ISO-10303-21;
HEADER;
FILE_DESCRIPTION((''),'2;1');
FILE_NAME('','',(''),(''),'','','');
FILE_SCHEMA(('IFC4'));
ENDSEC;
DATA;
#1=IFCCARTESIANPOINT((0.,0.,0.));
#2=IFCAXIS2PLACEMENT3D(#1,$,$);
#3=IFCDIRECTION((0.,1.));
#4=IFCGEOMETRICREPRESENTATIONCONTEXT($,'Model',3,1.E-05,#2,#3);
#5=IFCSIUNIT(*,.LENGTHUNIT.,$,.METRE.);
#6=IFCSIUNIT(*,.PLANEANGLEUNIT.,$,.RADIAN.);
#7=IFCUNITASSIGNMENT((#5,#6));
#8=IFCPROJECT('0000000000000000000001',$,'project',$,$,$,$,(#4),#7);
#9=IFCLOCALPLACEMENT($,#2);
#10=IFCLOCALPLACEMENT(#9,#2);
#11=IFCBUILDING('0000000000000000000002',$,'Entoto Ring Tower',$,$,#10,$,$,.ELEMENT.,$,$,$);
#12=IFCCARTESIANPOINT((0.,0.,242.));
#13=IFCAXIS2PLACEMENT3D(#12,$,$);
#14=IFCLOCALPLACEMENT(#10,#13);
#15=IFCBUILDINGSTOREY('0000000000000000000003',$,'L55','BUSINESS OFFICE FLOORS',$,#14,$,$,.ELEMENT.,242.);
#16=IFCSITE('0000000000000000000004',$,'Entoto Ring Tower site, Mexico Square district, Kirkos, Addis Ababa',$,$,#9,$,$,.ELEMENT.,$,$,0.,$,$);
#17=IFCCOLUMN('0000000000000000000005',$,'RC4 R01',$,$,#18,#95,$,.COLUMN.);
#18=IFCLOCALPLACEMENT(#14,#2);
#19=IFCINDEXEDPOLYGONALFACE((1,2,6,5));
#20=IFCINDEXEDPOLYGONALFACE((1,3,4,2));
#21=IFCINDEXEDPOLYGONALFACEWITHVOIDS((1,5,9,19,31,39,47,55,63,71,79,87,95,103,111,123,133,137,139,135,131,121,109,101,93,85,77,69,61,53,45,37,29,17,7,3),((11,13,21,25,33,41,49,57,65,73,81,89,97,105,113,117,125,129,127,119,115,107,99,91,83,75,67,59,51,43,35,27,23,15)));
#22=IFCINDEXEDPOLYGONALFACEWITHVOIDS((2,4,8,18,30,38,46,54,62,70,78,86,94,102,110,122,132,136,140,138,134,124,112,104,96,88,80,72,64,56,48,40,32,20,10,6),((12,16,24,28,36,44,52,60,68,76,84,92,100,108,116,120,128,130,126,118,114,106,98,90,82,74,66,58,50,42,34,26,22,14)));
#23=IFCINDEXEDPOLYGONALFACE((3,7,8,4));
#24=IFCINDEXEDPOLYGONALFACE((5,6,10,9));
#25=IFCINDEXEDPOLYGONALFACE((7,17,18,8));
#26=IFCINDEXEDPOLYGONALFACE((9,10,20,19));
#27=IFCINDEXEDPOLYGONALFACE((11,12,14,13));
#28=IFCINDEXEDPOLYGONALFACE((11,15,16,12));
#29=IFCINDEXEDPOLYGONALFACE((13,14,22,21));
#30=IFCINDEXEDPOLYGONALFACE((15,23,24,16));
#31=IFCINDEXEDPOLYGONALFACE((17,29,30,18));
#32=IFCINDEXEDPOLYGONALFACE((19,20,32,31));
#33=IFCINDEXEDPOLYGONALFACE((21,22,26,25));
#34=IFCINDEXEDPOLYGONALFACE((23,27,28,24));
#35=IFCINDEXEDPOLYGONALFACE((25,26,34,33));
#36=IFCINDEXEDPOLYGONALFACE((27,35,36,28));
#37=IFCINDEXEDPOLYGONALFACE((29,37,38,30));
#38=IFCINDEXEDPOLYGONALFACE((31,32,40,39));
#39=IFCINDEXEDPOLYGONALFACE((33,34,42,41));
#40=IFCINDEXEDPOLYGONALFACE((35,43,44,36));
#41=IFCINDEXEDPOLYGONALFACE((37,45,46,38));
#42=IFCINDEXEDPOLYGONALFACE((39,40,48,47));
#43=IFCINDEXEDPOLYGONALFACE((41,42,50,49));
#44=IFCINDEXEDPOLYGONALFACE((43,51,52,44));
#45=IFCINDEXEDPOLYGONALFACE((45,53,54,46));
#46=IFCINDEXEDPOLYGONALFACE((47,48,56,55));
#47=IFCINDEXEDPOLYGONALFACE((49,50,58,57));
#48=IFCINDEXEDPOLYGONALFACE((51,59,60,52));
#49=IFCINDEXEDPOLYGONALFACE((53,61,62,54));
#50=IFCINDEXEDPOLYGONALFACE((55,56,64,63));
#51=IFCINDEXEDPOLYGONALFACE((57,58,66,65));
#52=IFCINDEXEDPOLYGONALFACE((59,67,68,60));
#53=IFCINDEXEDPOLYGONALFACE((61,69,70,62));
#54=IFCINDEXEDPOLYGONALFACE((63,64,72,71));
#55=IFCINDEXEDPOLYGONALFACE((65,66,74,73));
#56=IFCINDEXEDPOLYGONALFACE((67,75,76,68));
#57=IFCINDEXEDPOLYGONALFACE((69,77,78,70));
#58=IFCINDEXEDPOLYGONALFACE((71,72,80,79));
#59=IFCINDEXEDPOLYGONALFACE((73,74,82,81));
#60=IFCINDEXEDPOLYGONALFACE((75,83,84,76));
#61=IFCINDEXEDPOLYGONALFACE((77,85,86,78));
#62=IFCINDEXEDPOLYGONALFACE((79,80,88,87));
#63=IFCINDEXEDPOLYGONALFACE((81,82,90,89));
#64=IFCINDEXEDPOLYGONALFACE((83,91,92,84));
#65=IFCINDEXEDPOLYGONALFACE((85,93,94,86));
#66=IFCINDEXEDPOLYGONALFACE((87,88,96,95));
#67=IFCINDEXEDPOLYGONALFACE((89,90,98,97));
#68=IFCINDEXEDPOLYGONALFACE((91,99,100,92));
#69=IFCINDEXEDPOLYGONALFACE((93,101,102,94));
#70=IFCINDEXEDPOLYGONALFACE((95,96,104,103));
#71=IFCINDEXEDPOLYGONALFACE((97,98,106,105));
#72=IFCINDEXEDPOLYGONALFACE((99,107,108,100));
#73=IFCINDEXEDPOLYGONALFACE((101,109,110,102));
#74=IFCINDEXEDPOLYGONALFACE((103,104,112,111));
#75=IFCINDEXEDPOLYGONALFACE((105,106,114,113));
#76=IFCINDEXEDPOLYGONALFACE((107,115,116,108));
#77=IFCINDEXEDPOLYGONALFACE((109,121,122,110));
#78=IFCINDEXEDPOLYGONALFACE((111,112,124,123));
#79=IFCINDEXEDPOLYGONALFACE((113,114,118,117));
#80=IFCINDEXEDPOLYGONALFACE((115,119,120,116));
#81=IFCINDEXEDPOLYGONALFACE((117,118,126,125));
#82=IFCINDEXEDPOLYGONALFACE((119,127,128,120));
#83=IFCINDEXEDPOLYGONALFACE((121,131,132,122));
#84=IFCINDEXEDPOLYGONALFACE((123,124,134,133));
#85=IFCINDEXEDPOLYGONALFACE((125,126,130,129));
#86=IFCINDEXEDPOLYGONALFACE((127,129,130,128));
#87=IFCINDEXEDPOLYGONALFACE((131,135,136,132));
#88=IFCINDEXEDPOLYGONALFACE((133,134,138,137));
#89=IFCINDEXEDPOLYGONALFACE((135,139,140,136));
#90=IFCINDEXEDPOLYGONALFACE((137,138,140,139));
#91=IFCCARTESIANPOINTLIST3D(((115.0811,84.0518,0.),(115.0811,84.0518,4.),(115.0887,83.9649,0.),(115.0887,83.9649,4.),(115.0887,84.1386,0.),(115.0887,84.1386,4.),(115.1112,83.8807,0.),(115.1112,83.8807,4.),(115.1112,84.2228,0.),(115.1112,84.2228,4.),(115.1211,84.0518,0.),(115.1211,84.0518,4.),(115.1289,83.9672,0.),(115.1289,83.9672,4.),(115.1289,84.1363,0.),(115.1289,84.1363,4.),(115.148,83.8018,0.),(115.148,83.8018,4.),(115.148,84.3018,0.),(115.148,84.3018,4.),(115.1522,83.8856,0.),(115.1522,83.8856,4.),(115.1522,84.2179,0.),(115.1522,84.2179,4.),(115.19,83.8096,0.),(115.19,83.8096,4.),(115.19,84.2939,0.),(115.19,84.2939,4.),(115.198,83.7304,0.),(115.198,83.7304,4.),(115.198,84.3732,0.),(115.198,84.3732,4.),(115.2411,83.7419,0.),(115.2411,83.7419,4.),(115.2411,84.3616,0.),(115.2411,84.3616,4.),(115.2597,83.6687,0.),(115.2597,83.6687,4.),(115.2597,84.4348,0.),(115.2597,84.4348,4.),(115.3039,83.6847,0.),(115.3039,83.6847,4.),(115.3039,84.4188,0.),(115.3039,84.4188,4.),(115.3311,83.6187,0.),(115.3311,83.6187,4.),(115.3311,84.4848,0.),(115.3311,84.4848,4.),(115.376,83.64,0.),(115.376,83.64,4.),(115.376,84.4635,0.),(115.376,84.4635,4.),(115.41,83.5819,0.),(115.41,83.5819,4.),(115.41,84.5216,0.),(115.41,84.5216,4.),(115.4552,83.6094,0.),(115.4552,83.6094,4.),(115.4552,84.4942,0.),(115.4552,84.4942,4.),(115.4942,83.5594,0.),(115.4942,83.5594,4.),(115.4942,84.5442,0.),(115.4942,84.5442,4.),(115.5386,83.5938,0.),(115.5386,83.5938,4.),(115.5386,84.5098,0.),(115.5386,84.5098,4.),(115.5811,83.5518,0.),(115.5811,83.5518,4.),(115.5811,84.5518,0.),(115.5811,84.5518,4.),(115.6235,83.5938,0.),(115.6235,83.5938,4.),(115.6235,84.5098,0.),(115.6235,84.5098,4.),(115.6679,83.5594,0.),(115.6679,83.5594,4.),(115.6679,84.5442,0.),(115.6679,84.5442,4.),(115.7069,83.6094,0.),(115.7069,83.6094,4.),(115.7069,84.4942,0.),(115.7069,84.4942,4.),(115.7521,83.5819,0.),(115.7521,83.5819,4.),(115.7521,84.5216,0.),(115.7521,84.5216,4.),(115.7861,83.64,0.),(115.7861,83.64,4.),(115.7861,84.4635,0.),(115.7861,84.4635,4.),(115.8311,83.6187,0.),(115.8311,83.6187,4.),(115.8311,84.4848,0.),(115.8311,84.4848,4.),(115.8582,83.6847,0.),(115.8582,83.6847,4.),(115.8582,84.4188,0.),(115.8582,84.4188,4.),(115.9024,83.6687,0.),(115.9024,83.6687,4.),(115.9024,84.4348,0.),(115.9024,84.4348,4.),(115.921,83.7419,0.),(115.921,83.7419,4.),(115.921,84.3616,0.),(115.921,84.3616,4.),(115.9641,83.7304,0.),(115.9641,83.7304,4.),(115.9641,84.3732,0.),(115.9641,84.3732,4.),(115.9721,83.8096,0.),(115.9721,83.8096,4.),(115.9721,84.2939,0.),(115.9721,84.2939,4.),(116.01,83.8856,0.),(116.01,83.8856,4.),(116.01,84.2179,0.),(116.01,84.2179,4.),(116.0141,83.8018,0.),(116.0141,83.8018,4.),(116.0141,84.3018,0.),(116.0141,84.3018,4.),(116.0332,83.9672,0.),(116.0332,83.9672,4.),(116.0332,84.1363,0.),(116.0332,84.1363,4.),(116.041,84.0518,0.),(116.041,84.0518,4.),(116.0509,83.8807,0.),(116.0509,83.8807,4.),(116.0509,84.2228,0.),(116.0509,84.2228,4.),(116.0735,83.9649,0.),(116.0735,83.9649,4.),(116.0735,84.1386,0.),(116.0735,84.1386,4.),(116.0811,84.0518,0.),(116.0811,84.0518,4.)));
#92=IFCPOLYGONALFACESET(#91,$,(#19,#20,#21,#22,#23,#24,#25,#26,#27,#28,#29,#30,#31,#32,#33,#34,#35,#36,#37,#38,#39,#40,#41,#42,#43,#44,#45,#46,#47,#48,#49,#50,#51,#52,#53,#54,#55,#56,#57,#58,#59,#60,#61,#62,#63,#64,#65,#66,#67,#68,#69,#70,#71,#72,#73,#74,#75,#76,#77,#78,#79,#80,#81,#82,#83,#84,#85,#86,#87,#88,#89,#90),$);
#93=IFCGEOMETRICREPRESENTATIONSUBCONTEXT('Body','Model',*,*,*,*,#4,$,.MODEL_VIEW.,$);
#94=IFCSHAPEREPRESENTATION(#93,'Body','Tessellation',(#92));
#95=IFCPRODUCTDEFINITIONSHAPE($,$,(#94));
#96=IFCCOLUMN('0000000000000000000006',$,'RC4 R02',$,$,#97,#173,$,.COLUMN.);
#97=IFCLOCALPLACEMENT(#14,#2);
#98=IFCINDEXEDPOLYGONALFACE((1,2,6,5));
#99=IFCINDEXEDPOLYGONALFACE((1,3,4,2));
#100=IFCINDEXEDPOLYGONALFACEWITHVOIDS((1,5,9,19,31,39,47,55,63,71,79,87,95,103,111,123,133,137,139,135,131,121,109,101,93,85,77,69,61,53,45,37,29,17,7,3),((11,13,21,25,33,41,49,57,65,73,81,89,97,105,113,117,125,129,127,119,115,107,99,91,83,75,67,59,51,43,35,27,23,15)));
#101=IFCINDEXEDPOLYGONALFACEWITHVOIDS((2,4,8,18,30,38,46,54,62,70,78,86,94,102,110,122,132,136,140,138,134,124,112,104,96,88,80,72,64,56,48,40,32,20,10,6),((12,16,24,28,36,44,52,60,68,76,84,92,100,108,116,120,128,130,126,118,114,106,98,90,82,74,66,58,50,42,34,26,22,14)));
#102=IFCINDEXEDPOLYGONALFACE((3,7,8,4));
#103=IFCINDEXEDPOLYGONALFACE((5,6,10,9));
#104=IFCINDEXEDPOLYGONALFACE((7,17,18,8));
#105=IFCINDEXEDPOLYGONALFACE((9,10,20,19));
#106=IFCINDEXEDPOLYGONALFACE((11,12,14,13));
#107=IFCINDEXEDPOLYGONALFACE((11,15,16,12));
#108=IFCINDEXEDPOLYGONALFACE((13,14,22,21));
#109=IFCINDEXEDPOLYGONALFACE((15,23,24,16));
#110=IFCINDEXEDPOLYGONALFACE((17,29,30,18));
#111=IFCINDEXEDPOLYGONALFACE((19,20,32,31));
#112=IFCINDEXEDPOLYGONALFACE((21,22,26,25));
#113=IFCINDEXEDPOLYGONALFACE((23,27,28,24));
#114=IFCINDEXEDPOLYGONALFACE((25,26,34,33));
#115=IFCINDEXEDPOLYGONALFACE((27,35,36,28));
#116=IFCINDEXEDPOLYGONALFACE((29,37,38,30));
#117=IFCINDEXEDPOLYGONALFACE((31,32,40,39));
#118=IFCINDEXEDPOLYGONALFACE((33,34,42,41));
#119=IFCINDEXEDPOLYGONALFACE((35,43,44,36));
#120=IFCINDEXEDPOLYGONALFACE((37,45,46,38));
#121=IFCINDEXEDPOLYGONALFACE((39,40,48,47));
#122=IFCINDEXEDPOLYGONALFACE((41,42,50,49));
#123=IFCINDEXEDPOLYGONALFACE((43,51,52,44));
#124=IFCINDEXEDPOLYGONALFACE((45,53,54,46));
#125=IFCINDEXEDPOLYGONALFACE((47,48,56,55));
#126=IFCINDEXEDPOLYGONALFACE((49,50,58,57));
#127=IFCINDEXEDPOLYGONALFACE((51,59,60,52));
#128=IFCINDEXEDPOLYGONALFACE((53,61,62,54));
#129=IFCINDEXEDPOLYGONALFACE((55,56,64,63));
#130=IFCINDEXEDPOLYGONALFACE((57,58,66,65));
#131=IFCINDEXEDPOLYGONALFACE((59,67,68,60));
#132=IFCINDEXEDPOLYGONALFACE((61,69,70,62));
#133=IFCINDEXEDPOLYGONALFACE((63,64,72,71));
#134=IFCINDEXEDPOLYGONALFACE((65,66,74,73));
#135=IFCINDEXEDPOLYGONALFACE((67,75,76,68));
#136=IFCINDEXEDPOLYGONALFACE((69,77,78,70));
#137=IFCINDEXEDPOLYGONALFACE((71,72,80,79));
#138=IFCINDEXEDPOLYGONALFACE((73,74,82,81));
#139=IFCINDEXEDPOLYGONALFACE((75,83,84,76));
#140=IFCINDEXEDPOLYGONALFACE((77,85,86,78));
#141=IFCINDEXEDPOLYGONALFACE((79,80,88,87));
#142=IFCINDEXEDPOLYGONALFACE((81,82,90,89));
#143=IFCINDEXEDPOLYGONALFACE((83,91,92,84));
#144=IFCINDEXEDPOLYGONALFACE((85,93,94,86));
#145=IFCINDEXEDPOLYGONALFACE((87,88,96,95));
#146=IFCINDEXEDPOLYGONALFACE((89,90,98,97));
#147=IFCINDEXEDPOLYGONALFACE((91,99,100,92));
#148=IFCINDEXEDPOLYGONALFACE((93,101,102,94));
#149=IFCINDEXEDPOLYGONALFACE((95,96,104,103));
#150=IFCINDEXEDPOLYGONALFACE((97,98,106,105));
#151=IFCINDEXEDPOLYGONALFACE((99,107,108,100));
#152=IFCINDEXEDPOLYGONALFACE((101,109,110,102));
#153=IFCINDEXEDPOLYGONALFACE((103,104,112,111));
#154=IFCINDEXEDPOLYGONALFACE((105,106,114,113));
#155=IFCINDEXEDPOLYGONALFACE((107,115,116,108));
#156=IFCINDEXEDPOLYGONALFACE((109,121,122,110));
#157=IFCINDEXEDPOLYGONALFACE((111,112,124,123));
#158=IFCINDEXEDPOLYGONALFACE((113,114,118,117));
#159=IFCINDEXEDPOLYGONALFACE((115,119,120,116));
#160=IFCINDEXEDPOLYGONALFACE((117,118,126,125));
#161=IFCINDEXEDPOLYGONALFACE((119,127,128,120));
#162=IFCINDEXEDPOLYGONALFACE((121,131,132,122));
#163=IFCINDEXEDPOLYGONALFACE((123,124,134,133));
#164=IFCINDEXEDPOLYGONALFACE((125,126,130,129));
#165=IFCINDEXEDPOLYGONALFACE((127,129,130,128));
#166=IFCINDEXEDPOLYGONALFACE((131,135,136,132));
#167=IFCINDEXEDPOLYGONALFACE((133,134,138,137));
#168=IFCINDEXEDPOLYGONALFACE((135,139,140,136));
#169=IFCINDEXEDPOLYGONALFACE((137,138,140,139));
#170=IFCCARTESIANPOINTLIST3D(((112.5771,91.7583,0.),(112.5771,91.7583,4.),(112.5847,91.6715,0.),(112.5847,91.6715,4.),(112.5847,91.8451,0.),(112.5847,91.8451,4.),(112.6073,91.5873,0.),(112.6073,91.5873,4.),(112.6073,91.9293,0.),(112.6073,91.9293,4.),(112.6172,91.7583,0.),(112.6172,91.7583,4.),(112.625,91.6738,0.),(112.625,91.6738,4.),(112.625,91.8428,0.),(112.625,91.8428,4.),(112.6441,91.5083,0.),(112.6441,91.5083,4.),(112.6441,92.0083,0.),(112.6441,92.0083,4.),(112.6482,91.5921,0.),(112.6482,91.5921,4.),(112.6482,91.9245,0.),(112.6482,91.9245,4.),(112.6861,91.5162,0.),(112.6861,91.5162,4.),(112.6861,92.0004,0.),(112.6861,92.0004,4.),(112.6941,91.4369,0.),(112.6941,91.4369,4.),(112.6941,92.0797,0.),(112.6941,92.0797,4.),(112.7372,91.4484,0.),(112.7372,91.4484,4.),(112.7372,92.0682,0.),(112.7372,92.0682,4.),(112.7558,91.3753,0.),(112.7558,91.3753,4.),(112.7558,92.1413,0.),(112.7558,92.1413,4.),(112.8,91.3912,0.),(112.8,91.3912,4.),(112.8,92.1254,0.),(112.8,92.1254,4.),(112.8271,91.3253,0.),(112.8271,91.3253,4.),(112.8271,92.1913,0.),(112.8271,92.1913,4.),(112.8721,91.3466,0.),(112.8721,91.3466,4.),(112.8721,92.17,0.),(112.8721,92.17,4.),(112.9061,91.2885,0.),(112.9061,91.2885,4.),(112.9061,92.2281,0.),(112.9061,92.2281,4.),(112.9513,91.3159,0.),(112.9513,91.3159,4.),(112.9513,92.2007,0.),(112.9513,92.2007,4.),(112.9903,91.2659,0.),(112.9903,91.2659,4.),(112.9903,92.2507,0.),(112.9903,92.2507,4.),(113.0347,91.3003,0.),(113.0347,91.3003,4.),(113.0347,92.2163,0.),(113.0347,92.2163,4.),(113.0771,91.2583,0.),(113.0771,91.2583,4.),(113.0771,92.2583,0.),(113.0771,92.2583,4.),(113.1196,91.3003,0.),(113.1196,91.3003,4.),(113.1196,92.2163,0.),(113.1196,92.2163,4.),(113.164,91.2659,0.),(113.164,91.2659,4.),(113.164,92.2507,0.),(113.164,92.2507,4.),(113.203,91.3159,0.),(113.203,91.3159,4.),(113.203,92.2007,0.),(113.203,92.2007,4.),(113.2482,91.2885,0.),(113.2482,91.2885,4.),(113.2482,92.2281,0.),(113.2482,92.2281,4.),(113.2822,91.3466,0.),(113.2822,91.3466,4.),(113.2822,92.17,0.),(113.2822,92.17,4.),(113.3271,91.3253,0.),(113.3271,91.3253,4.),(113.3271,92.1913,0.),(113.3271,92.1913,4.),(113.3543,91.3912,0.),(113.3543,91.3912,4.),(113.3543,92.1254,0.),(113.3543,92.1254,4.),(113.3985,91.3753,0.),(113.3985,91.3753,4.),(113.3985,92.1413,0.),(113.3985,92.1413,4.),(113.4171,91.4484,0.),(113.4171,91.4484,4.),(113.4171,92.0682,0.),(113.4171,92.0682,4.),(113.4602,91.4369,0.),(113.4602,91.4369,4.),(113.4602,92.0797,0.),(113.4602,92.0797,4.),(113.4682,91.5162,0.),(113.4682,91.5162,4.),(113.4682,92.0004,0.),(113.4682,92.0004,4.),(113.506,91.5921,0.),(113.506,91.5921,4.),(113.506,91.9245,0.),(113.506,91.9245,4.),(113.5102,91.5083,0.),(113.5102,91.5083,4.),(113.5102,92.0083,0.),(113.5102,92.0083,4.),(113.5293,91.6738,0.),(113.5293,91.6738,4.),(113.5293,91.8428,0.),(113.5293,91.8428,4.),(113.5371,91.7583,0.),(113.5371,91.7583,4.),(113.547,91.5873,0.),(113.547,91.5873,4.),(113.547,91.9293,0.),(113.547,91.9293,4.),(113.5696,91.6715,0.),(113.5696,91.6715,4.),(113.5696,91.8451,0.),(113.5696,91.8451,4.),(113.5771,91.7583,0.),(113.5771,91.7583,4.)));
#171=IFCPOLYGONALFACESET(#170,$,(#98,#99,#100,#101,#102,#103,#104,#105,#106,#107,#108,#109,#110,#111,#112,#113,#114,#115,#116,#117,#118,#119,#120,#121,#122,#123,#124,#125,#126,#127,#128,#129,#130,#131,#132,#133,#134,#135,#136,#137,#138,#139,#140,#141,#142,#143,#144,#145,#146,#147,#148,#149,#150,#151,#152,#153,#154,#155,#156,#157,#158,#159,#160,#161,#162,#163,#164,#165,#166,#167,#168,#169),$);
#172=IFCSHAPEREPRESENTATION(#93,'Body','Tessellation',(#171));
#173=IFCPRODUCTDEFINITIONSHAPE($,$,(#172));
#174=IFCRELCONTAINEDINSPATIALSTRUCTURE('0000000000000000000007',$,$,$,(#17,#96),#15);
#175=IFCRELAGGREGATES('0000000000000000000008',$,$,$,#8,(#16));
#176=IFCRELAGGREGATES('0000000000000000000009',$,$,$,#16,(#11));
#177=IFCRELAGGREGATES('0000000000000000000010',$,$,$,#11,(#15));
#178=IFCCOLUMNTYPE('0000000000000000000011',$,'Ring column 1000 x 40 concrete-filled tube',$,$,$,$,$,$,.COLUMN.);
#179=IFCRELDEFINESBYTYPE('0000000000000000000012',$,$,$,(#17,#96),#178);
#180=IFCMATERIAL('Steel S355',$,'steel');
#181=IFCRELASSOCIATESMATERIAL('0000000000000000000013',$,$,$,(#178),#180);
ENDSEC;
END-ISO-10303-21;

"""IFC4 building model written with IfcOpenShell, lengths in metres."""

from ifc_helpers import new_model, si_unit, direction, frame, origin, origin_2d, place, context, subcontext, project, spatial, circle, hollow_circle, extrude, material, material_profile, profile_set, type_object, element, save


model = new_model("IFC4")

# Units and contexts
model_context = context("Model", 3, precision=1e-05, world=origin(), true_north=direction((0.0, 1.0)))
body_context = subcontext(model_context, "Body", "Model", "MODEL_VIEW")
ifc_project = project(units=[si_unit("LENGTHUNIT", "METRE"), si_unit("PLANEANGLEUNIT", "RADIAN")], contexts=[model_context])

# Site, building, storey
site_placement = place(None, origin())
site = spatial("IfcSite", under=ifc_project, at=site_placement, Name="Entoto Ring Tower site, Mexico Square district, Kirkos, Addis Ababa", CompositionType="ELEMENT", RefElevation=0.0)
building_placement = place(site_placement, origin())
building = spatial("IfcBuilding", under=site, at=building_placement, Name="Entoto Ring Tower", CompositionType="ELEMENT")
storey_placement = place(building_placement, frame((0.0, 0.0, 242.0)))
storey = spatial("IfcBuildingStorey", under=building, at=storey_placement, Name="L55", Description="BUSINESS OFFICE FLOORS", CompositionType="ELEMENT", Elevation=242.0)

# Columns
ifc_material_1 = material(Name="Steel S355", Category="steel")
ifc_material_profile_1 = material_profile(ifc_material_1, hollow_circle(Radius=0.5, WallThickness=0.04, at=origin_2d()), Name="CHS 1000 x 40")
ifc_material_2 = material(Name="Concrete C60/75", Category="concrete")
ifc_material_profile_2 = material_profile(ifc_material_2, circle(Radius=0.46, at=origin_2d()), Name="Concrete C60/75 infill")
ifc_profile_set_1 = profile_set([ifc_material_profile_1, ifc_material_profile_2], Name="Steel S355")
column_type = type_object("IfcColumnType", Name="Ring column 1000 x 40 concrete-filled tube", PredefinedType="COLUMN", material=ifc_profile_set_1)
for number, where, z_axis, x_axis, name in (
    (1, (115.5811, 84.0518, 0.0), (0.0, 0.0, 1.0), (1.0, 0.0, 0.0), "RC4 R01"),
    (2, (113.0771, 91.7583, 0.0), (0.0, 0.0, 1.0), (1.0, 0.0, 0.0), "RC4 R02"),
):
    element("IfcColumn", number, at=place(storey_placement, frame(where, z_axis=z_axis, x_axis=x_axis)), inside=storey, type_object=column_type, Name=name, PredefinedType="COLUMN", context=body_context, shape_type="SweptSolid", body=[
        extrude(hollow_circle(Radius=0.5, WallThickness=0.04, at=origin_2d()), origin(), (0.0, 0.0, 1.0), 4.0),
    ])

save(model, "model.ifc")
